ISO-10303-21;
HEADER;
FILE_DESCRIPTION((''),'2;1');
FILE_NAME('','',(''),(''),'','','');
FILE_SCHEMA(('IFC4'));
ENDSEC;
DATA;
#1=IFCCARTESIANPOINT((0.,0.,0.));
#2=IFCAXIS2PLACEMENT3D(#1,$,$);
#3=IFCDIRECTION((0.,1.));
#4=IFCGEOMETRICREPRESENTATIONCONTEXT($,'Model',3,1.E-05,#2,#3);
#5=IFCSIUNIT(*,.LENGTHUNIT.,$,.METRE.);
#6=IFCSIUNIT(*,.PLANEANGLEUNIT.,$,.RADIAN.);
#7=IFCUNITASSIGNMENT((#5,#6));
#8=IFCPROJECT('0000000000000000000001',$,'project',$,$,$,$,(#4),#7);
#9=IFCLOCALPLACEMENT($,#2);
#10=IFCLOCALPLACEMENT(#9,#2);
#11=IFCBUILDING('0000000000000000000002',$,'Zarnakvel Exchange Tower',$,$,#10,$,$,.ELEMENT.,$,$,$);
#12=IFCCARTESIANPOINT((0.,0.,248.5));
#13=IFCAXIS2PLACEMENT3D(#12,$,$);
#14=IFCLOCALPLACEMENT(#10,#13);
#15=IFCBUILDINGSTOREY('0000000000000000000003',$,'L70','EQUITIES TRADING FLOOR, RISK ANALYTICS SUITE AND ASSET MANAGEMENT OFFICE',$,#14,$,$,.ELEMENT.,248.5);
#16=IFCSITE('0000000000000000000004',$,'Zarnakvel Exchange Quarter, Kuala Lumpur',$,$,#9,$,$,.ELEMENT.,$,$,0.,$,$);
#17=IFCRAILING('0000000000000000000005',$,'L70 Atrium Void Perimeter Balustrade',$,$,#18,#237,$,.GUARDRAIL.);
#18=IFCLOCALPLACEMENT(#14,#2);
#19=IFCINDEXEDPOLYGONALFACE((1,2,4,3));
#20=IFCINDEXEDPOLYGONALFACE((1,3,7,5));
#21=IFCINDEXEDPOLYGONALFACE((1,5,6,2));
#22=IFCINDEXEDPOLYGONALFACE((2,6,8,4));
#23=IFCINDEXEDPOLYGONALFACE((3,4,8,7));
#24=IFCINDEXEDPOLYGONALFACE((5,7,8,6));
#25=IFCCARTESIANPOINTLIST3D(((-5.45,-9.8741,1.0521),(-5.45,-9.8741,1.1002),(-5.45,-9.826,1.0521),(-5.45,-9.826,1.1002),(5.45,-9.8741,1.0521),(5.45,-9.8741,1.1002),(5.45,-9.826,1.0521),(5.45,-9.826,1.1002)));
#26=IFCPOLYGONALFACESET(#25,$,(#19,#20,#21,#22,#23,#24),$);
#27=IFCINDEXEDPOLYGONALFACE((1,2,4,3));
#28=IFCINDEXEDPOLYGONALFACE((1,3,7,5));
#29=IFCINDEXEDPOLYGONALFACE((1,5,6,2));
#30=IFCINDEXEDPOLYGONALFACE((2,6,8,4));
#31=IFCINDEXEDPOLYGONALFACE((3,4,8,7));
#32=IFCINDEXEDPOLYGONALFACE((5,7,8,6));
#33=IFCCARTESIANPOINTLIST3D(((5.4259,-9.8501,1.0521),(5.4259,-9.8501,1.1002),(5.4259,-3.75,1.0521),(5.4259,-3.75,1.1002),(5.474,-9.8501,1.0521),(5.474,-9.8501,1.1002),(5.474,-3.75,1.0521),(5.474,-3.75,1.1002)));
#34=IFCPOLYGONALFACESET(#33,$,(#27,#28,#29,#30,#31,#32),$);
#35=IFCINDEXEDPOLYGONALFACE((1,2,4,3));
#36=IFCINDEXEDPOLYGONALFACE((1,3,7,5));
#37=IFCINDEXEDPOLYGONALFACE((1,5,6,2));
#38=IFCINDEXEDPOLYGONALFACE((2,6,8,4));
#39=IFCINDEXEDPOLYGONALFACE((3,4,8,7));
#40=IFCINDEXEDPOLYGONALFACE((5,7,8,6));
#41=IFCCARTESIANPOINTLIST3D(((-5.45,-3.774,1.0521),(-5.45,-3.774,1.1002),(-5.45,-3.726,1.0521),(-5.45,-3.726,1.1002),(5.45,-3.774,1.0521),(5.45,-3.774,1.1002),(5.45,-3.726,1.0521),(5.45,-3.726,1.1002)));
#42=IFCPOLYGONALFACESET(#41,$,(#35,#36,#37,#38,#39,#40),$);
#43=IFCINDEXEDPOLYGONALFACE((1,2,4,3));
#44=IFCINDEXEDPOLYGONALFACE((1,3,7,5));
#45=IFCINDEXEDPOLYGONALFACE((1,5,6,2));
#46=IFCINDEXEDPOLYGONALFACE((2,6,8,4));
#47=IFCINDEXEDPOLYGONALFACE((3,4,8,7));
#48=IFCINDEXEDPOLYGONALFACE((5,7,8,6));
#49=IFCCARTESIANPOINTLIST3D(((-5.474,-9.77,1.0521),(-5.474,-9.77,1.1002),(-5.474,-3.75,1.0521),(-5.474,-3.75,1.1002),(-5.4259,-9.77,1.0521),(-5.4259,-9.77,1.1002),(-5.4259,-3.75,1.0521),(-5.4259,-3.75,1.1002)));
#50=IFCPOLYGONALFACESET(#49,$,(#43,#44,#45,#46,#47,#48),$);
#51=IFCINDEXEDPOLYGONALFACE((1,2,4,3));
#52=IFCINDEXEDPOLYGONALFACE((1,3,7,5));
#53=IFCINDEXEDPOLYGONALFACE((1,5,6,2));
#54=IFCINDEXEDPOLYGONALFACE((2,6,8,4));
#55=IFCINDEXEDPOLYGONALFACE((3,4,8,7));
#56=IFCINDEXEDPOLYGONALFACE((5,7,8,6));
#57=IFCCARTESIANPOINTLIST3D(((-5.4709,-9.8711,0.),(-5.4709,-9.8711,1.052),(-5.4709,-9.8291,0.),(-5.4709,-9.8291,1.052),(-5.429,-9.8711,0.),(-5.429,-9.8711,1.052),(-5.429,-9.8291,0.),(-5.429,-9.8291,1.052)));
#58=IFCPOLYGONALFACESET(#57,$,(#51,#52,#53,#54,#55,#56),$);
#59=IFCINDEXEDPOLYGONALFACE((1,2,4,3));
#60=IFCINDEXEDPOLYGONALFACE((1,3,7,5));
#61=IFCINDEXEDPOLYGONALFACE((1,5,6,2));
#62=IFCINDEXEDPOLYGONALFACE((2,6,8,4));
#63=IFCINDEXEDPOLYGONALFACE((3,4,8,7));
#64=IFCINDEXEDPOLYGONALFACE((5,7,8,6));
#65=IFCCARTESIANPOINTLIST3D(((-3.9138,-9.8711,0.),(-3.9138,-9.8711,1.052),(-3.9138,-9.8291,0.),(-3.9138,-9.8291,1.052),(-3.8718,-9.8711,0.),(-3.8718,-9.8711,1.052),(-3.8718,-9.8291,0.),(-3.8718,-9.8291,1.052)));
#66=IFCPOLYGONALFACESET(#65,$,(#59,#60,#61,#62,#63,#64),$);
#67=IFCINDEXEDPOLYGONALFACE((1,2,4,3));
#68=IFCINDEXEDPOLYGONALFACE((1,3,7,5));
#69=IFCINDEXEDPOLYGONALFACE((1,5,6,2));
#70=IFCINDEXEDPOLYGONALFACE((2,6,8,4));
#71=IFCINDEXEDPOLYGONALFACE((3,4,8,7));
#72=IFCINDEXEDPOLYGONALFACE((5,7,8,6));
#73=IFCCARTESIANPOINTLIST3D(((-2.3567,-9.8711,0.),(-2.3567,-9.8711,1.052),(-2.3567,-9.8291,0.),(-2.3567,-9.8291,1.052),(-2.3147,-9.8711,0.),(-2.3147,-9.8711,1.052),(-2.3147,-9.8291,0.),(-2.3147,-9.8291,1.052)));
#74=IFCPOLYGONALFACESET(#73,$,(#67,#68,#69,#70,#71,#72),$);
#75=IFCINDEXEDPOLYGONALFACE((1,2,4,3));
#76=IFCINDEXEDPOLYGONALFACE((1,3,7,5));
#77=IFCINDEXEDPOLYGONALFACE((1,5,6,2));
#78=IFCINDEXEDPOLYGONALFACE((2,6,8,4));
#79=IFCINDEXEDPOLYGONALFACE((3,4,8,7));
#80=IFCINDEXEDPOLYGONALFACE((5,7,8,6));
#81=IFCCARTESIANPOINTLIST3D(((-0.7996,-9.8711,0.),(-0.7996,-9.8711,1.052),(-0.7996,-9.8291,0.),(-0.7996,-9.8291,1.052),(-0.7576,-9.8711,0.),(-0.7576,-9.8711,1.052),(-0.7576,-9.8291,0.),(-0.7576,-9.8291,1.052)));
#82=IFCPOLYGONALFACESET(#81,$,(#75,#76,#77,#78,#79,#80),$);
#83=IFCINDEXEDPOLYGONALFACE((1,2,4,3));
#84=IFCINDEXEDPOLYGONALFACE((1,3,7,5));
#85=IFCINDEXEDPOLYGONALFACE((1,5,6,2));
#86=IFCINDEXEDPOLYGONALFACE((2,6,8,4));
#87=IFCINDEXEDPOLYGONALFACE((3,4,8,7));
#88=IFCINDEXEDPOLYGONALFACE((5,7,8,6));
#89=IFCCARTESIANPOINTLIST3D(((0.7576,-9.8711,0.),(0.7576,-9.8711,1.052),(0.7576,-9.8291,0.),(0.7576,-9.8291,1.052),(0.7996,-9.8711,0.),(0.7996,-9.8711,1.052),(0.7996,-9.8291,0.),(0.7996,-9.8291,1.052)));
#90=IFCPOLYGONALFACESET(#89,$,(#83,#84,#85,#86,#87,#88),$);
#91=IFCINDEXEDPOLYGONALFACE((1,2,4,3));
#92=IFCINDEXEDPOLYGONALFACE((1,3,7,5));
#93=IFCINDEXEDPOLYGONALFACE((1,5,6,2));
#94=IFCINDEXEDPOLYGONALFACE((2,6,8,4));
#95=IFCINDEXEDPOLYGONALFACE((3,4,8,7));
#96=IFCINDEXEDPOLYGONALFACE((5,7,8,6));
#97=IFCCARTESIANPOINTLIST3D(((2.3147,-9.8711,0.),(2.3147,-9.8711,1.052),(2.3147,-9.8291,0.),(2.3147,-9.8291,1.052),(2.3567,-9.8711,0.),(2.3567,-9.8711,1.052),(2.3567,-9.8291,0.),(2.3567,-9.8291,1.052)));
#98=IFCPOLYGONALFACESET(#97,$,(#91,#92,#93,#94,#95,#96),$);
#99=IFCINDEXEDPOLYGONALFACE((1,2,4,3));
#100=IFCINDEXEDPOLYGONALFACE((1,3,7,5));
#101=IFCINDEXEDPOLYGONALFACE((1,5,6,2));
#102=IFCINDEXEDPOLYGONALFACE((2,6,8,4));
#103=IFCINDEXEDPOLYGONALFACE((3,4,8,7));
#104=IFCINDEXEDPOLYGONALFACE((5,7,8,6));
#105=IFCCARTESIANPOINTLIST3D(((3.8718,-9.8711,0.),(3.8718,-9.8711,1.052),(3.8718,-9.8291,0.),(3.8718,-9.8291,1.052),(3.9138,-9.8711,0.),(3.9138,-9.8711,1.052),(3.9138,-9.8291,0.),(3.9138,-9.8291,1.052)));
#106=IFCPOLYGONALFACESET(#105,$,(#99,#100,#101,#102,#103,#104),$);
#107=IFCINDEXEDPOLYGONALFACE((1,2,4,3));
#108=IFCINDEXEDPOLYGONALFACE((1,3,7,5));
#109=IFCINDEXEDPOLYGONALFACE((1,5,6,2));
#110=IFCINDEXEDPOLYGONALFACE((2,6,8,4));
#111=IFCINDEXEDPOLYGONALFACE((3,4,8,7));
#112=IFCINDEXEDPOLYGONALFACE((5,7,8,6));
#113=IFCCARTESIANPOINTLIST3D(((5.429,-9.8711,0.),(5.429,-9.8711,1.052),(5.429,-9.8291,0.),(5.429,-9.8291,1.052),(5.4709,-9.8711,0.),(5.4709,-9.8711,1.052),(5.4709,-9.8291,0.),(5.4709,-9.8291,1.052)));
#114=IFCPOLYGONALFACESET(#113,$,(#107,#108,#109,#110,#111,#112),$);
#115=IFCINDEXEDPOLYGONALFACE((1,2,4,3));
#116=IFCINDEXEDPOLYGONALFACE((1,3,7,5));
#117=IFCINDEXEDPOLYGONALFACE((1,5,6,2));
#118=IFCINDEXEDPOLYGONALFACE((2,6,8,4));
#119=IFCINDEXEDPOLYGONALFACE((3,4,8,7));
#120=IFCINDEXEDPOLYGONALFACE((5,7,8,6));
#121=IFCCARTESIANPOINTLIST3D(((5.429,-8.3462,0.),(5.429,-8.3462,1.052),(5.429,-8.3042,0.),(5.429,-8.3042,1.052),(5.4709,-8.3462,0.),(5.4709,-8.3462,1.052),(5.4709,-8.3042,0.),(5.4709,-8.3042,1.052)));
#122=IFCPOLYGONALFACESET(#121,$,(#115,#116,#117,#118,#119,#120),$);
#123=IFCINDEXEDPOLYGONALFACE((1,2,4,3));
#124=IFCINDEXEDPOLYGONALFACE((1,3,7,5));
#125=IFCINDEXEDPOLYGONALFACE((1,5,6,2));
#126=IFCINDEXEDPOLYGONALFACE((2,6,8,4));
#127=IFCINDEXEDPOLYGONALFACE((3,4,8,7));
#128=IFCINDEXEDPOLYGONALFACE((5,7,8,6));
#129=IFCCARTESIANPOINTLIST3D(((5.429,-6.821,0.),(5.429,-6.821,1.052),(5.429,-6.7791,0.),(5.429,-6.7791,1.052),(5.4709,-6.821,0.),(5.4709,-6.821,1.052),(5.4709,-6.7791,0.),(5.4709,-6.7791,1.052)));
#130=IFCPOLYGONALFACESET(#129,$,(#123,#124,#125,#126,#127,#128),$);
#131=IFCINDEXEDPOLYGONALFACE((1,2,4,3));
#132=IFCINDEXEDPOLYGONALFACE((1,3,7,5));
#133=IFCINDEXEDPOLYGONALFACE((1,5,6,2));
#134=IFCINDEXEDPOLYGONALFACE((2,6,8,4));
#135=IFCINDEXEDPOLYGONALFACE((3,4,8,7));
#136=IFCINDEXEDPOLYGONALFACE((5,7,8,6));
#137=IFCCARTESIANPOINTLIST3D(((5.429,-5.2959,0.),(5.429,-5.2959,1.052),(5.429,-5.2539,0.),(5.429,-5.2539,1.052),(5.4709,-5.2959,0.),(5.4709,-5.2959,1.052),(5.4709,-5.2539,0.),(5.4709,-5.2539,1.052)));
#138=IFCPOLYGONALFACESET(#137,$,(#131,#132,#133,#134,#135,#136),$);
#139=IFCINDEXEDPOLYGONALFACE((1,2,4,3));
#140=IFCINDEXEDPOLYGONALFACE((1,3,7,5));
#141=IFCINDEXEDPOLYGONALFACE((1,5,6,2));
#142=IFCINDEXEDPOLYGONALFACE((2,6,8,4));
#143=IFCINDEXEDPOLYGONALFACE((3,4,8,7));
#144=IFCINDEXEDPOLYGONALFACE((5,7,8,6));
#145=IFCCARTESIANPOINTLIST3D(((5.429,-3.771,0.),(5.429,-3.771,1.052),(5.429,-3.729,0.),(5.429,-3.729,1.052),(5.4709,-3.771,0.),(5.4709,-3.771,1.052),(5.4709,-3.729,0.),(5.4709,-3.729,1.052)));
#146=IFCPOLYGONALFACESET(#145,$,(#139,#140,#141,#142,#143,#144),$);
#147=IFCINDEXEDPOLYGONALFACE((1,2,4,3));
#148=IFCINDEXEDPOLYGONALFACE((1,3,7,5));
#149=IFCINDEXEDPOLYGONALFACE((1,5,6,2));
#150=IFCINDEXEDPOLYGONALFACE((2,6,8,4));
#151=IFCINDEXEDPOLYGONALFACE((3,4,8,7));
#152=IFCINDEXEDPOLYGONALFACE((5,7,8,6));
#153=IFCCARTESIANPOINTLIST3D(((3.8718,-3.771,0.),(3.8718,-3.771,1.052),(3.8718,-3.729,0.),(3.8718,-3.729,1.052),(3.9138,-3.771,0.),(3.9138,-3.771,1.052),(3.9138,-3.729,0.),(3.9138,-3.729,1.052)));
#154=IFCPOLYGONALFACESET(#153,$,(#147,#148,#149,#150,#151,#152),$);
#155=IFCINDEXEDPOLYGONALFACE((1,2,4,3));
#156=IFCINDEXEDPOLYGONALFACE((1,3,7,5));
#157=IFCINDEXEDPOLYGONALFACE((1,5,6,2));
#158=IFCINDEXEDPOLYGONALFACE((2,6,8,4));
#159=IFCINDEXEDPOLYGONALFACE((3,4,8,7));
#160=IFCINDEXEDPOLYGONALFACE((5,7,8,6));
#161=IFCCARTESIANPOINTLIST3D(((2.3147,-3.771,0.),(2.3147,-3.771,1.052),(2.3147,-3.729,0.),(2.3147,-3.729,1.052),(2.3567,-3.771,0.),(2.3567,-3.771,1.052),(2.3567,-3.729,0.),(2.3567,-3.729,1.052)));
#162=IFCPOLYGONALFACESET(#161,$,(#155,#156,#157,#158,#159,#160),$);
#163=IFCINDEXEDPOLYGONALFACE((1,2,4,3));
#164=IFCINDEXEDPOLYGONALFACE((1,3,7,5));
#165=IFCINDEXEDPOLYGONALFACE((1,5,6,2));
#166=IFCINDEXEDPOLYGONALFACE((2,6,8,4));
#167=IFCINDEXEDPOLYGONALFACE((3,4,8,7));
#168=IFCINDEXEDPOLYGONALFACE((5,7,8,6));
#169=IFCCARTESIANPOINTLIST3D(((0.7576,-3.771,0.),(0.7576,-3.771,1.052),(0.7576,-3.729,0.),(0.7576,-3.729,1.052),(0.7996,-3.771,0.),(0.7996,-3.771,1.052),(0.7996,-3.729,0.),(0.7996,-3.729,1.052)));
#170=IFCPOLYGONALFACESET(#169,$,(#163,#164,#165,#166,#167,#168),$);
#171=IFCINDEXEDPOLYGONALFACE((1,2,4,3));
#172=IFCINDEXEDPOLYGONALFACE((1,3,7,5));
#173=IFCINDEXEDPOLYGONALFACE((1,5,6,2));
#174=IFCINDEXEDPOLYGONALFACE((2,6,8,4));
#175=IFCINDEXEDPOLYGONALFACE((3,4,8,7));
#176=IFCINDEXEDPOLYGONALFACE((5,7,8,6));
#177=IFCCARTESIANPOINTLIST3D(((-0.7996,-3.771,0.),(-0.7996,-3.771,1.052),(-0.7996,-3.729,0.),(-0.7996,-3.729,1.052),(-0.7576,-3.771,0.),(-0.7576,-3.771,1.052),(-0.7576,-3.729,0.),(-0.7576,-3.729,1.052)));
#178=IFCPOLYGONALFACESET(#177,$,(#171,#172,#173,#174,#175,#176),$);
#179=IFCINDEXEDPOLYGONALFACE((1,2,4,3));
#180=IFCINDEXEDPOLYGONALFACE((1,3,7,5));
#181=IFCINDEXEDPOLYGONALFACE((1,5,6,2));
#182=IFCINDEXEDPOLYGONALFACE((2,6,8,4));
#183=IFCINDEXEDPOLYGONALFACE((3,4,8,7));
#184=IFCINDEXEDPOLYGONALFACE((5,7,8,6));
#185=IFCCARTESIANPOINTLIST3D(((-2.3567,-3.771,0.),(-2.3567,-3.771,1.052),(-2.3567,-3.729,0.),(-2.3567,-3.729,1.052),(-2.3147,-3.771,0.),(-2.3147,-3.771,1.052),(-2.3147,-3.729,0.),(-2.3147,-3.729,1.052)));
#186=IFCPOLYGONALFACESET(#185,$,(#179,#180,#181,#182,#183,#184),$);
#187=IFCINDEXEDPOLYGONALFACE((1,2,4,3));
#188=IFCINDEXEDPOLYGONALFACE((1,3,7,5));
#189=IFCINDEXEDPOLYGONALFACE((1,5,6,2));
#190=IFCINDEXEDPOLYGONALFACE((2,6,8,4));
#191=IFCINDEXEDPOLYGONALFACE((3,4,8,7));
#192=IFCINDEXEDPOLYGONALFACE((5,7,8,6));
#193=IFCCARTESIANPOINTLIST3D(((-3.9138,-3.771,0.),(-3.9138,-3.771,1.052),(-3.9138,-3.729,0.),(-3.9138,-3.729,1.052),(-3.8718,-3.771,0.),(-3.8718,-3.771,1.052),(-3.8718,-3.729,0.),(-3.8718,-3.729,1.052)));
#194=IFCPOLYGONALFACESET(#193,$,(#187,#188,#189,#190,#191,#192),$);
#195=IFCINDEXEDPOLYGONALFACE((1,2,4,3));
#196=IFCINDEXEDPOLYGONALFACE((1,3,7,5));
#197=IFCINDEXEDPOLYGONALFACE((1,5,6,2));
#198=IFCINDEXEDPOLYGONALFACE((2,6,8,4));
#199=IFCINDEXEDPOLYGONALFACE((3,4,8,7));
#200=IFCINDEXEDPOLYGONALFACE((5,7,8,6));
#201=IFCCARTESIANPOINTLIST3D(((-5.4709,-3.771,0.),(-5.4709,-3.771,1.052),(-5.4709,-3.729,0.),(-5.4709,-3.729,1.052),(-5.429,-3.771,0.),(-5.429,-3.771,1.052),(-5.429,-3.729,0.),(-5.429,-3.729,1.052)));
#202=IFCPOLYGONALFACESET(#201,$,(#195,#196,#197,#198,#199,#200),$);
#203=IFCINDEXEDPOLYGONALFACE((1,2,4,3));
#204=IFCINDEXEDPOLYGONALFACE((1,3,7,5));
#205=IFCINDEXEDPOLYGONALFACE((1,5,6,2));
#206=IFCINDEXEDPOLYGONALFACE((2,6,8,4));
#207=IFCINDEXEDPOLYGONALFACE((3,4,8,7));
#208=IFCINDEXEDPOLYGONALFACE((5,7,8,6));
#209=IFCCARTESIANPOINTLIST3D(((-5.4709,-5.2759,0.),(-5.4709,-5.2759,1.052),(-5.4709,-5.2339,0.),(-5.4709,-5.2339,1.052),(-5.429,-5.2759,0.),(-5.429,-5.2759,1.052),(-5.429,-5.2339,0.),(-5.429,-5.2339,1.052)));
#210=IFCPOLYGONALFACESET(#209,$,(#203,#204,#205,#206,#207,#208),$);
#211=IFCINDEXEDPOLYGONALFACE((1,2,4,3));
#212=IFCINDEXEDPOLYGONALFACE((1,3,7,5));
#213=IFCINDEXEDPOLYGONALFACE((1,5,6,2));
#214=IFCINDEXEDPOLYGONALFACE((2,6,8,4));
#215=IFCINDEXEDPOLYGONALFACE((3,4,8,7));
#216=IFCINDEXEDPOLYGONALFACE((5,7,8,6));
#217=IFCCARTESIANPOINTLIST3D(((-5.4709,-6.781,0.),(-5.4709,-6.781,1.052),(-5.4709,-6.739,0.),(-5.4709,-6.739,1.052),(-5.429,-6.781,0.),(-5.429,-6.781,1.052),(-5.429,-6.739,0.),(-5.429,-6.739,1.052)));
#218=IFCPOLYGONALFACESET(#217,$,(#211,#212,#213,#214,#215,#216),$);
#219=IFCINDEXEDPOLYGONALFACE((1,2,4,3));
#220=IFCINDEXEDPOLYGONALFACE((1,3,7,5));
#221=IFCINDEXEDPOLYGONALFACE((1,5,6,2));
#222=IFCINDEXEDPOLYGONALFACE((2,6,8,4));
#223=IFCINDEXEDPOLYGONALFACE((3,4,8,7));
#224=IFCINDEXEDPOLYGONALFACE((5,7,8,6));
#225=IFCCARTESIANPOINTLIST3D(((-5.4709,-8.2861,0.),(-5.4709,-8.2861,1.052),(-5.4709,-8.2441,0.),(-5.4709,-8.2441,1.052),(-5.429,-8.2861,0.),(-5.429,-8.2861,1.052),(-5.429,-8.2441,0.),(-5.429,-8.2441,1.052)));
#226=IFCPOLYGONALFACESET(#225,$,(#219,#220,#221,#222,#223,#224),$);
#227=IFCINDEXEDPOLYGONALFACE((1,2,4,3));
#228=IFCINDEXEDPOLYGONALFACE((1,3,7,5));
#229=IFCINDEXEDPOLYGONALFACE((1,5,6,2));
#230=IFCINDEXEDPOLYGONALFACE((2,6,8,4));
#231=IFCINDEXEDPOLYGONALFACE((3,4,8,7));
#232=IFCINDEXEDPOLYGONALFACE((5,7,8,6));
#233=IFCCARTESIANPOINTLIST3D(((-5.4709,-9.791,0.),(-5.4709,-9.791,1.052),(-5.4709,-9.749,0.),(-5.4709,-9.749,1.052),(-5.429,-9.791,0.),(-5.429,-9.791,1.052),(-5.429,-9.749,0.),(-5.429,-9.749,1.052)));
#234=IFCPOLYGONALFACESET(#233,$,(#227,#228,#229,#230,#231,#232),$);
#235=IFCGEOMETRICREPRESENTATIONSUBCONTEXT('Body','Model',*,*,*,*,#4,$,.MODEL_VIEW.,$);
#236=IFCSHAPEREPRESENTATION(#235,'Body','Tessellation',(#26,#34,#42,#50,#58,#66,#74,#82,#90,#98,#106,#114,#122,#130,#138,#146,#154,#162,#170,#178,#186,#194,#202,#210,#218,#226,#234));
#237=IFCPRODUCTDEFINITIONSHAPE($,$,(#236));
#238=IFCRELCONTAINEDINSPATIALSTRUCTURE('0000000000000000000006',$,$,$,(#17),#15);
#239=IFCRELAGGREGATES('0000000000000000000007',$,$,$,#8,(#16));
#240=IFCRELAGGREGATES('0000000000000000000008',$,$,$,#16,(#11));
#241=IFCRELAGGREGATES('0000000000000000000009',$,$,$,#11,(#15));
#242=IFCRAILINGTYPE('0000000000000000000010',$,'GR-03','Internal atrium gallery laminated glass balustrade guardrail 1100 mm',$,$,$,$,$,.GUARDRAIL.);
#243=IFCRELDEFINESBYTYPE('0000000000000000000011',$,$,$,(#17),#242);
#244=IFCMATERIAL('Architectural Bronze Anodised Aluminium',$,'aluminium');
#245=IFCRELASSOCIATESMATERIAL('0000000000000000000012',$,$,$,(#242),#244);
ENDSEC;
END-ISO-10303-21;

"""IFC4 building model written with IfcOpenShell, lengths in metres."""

from ifc_helpers import new_model, si_unit, direction, frame, origin, origin_2d, place, context, subcontext, project, spatial, rectangle, extrude, material, type_object, element, save


model = new_model("IFC4")

# Units and contexts
model_context = context("Model", 3, precision=1e-05, world=origin(), true_north=direction((0.0, 1.0)))
body_context = subcontext(model_context, "Body", "Model", "MODEL_VIEW")
ifc_project = project(units=[si_unit("LENGTHUNIT", "METRE"), si_unit("PLANEANGLEUNIT", "RADIAN")], contexts=[model_context])

# Site, building, storey
site_placement = place(None, origin())
site = spatial("IfcSite", under=ifc_project, at=site_placement, Name="Zarnakvel Exchange Quarter, Kuala Lumpur", CompositionType="ELEMENT", RefElevation=0.0)
building_placement = place(site_placement, origin())
building = spatial("IfcBuilding", under=site, at=building_placement, Name="Zarnakvel Exchange Tower", CompositionType="ELEMENT")
storey_placement = place(building_placement, frame((0.0, 0.0, 248.5)))
storey = spatial("IfcBuildingStorey", under=building, at=storey_placement, Name="L70", Description="EQUITIES TRADING FLOOR, RISK ANALYTICS SUITE AND ASSET MANAGEMENT OFFICE", CompositionType="ELEMENT", Elevation=248.5)

# Railing
ifc_material_1 = material(Name="Architectural Bronze Anodised Aluminium", Category="aluminium")
railing_type_1 = type_object("IfcRailingType", Name="GR-03", Description="Internal atrium gallery laminated glass balustrade guardrail 1100 mm", PredefinedType="GUARDRAIL", material=ifc_material_1)
railing_1_placement = place(storey_placement, frame((-5.45, -9.8501, 0.0)))
element("IfcRailing", 1, at=railing_1_placement, inside=storey, type_object=railing_type_1, Name="L70 Atrium Void Perimeter Balustrade", PredefinedType="GUARDRAIL", context=body_context, shape_type="SweptSolid", body=[
    extrude(rectangle(XDim=0.0481, YDim=0.0481, at=origin_2d()), frame((0.0, 0.0, 1.0762), z_axis=(1.0, 0.0, 0.0), x_axis=(0.0, 1.0, 0.0)), (0.0, 0.0, 1.0), 10.8999),
    extrude(rectangle(XDim=0.0481, YDim=0.0481, at=origin_2d()), frame((10.8999, 0.0, 1.0762), z_axis=(0.0, 1.0, 0.0), x_axis=(-1.0, 0.0, 0.0)), (0.0, 0.0, 1.0), 6.1001),
    extrude(rectangle(XDim=0.0481, YDim=0.0481, at=origin_2d()), frame((10.8999, 6.1001, 1.0762), z_axis=(-1.0, 0.0, 0.0), x_axis=(0.0, -1.0, 0.0)), (0.0, 0.0, 1.0), 10.8999),
    extrude(rectangle(XDim=0.0481, YDim=0.0481, at=origin_2d()), frame((0.0, 6.1001, 1.0762), z_axis=(0.0, -1.0, 0.0), x_axis=(1.0, 0.0, 0.0)), (0.0, 0.0, 1.0), 6.02),
    extrude(rectangle(XDim=0.042, YDim=0.042, at=origin_2d()), origin(), (0.0, 0.0, 1.0), 1.052),
    extrude(rectangle(XDim=0.042, YDim=0.042, at=origin_2d()), frame((1.5571, 0.0, 0.0)), (0.0, 0.0, 1.0), 1.052),
    extrude(rectangle(XDim=0.042, YDim=0.042, at=origin_2d()), frame((3.1143, 0.0, 0.0)), (0.0, 0.0, 1.0), 1.052),
    extrude(rectangle(XDim=0.042, YDim=0.042, at=origin_2d()), frame((4.6714, 0.0, 0.0)), (0.0, 0.0, 1.0), 1.052),
    extrude(rectangle(XDim=0.042, YDim=0.042, at=origin_2d()), frame((6.2285, 0.0, 0.0)), (0.0, 0.0, 1.0), 1.052),
    extrude(rectangle(XDim=0.042, YDim=0.042, at=origin_2d()), frame((7.7856, 0.0, 0.0)), (0.0, 0.0, 1.0), 1.052),
    extrude(rectangle(XDim=0.042, YDim=0.042, at=origin_2d()), frame((9.3428, 0.0, 0.0)), (0.0, 0.0, 1.0), 1.052),
    extrude(rectangle(XDim=0.042, YDim=0.042, at=origin_2d()), frame((10.8999, 0.0, 0.0)), (0.0, 0.0, 1.0), 1.052),
    extrude(rectangle(XDim=0.042, YDim=0.042, at=origin_2d()), frame((10.8999, 1.5249, 0.0)), (0.0, 0.0, 1.0), 1.052),
    extrude(rectangle(XDim=0.042, YDim=0.042, at=origin_2d()), frame((10.8999, 3.05, 0.0)), (0.0, 0.0, 1.0), 1.052),
    extrude(rectangle(XDim=0.042, YDim=0.042, at=origin_2d()), frame((10.8999, 4.5752, 0.0)), (0.0, 0.0, 1.0), 1.052),
    extrude(rectangle(XDim=0.042, YDim=0.042, at=origin_2d()), frame((10.8999, 6.1001, 0.0)), (0.0, 0.0, 1.0), 1.052),
    extrude(rectangle(XDim=0.042, YDim=0.042, at=origin_2d()), frame((9.3428, 6.1001, 0.0)), (0.0, 0.0, 1.0), 1.052),
    extrude(rectangle(XDim=0.042, YDim=0.042, at=origin_2d()), frame((7.7856, 6.1001, 0.0)), (0.0, 0.0, 1.0), 1.052),
    extrude(rectangle(XDim=0.042, YDim=0.042, at=origin_2d()), frame((6.2285, 6.1001, 0.0)), (0.0, 0.0, 1.0), 1.052),
    extrude(rectangle(XDim=0.042, YDim=0.042, at=origin_2d()), frame((4.6714, 6.1001, 0.0)), (0.0, 0.0, 1.0), 1.052),
    extrude(rectangle(XDim=0.042, YDim=0.042, at=origin_2d()), frame((3.1143, 6.1001, 0.0)), (0.0, 0.0, 1.0), 1.052),
    extrude(rectangle(XDim=0.042, YDim=0.042, at=origin_2d()), frame((1.5571, 6.1001, 0.0)), (0.0, 0.0, 1.0), 1.052),
    extrude(rectangle(XDim=0.042, YDim=0.042, at=origin_2d()), frame((0.0, 6.1001, 0.0)), (0.0, 0.0, 1.0), 1.052),
    extrude(rectangle(XDim=0.042, YDim=0.042, at=origin_2d()), frame((0.0, 4.5952, 0.0)), (0.0, 0.0, 1.0), 1.052),
    extrude(rectangle(XDim=0.042, YDim=0.042, at=origin_2d()), frame((0.0, 3.0901, 0.0)), (0.0, 0.0, 1.0), 1.052),
    extrude(rectangle(XDim=0.042, YDim=0.042, at=origin_2d()), frame((0.0, 1.585, 0.0)), (0.0, 0.0, 1.0), 1.052),
    extrude(rectangle(XDim=0.042, YDim=0.042, at=origin_2d()), frame((0.0, 0.0801, 0.0)), (0.0, 0.0, 1.0), 1.052),
])

save(model, "model.ifc")
